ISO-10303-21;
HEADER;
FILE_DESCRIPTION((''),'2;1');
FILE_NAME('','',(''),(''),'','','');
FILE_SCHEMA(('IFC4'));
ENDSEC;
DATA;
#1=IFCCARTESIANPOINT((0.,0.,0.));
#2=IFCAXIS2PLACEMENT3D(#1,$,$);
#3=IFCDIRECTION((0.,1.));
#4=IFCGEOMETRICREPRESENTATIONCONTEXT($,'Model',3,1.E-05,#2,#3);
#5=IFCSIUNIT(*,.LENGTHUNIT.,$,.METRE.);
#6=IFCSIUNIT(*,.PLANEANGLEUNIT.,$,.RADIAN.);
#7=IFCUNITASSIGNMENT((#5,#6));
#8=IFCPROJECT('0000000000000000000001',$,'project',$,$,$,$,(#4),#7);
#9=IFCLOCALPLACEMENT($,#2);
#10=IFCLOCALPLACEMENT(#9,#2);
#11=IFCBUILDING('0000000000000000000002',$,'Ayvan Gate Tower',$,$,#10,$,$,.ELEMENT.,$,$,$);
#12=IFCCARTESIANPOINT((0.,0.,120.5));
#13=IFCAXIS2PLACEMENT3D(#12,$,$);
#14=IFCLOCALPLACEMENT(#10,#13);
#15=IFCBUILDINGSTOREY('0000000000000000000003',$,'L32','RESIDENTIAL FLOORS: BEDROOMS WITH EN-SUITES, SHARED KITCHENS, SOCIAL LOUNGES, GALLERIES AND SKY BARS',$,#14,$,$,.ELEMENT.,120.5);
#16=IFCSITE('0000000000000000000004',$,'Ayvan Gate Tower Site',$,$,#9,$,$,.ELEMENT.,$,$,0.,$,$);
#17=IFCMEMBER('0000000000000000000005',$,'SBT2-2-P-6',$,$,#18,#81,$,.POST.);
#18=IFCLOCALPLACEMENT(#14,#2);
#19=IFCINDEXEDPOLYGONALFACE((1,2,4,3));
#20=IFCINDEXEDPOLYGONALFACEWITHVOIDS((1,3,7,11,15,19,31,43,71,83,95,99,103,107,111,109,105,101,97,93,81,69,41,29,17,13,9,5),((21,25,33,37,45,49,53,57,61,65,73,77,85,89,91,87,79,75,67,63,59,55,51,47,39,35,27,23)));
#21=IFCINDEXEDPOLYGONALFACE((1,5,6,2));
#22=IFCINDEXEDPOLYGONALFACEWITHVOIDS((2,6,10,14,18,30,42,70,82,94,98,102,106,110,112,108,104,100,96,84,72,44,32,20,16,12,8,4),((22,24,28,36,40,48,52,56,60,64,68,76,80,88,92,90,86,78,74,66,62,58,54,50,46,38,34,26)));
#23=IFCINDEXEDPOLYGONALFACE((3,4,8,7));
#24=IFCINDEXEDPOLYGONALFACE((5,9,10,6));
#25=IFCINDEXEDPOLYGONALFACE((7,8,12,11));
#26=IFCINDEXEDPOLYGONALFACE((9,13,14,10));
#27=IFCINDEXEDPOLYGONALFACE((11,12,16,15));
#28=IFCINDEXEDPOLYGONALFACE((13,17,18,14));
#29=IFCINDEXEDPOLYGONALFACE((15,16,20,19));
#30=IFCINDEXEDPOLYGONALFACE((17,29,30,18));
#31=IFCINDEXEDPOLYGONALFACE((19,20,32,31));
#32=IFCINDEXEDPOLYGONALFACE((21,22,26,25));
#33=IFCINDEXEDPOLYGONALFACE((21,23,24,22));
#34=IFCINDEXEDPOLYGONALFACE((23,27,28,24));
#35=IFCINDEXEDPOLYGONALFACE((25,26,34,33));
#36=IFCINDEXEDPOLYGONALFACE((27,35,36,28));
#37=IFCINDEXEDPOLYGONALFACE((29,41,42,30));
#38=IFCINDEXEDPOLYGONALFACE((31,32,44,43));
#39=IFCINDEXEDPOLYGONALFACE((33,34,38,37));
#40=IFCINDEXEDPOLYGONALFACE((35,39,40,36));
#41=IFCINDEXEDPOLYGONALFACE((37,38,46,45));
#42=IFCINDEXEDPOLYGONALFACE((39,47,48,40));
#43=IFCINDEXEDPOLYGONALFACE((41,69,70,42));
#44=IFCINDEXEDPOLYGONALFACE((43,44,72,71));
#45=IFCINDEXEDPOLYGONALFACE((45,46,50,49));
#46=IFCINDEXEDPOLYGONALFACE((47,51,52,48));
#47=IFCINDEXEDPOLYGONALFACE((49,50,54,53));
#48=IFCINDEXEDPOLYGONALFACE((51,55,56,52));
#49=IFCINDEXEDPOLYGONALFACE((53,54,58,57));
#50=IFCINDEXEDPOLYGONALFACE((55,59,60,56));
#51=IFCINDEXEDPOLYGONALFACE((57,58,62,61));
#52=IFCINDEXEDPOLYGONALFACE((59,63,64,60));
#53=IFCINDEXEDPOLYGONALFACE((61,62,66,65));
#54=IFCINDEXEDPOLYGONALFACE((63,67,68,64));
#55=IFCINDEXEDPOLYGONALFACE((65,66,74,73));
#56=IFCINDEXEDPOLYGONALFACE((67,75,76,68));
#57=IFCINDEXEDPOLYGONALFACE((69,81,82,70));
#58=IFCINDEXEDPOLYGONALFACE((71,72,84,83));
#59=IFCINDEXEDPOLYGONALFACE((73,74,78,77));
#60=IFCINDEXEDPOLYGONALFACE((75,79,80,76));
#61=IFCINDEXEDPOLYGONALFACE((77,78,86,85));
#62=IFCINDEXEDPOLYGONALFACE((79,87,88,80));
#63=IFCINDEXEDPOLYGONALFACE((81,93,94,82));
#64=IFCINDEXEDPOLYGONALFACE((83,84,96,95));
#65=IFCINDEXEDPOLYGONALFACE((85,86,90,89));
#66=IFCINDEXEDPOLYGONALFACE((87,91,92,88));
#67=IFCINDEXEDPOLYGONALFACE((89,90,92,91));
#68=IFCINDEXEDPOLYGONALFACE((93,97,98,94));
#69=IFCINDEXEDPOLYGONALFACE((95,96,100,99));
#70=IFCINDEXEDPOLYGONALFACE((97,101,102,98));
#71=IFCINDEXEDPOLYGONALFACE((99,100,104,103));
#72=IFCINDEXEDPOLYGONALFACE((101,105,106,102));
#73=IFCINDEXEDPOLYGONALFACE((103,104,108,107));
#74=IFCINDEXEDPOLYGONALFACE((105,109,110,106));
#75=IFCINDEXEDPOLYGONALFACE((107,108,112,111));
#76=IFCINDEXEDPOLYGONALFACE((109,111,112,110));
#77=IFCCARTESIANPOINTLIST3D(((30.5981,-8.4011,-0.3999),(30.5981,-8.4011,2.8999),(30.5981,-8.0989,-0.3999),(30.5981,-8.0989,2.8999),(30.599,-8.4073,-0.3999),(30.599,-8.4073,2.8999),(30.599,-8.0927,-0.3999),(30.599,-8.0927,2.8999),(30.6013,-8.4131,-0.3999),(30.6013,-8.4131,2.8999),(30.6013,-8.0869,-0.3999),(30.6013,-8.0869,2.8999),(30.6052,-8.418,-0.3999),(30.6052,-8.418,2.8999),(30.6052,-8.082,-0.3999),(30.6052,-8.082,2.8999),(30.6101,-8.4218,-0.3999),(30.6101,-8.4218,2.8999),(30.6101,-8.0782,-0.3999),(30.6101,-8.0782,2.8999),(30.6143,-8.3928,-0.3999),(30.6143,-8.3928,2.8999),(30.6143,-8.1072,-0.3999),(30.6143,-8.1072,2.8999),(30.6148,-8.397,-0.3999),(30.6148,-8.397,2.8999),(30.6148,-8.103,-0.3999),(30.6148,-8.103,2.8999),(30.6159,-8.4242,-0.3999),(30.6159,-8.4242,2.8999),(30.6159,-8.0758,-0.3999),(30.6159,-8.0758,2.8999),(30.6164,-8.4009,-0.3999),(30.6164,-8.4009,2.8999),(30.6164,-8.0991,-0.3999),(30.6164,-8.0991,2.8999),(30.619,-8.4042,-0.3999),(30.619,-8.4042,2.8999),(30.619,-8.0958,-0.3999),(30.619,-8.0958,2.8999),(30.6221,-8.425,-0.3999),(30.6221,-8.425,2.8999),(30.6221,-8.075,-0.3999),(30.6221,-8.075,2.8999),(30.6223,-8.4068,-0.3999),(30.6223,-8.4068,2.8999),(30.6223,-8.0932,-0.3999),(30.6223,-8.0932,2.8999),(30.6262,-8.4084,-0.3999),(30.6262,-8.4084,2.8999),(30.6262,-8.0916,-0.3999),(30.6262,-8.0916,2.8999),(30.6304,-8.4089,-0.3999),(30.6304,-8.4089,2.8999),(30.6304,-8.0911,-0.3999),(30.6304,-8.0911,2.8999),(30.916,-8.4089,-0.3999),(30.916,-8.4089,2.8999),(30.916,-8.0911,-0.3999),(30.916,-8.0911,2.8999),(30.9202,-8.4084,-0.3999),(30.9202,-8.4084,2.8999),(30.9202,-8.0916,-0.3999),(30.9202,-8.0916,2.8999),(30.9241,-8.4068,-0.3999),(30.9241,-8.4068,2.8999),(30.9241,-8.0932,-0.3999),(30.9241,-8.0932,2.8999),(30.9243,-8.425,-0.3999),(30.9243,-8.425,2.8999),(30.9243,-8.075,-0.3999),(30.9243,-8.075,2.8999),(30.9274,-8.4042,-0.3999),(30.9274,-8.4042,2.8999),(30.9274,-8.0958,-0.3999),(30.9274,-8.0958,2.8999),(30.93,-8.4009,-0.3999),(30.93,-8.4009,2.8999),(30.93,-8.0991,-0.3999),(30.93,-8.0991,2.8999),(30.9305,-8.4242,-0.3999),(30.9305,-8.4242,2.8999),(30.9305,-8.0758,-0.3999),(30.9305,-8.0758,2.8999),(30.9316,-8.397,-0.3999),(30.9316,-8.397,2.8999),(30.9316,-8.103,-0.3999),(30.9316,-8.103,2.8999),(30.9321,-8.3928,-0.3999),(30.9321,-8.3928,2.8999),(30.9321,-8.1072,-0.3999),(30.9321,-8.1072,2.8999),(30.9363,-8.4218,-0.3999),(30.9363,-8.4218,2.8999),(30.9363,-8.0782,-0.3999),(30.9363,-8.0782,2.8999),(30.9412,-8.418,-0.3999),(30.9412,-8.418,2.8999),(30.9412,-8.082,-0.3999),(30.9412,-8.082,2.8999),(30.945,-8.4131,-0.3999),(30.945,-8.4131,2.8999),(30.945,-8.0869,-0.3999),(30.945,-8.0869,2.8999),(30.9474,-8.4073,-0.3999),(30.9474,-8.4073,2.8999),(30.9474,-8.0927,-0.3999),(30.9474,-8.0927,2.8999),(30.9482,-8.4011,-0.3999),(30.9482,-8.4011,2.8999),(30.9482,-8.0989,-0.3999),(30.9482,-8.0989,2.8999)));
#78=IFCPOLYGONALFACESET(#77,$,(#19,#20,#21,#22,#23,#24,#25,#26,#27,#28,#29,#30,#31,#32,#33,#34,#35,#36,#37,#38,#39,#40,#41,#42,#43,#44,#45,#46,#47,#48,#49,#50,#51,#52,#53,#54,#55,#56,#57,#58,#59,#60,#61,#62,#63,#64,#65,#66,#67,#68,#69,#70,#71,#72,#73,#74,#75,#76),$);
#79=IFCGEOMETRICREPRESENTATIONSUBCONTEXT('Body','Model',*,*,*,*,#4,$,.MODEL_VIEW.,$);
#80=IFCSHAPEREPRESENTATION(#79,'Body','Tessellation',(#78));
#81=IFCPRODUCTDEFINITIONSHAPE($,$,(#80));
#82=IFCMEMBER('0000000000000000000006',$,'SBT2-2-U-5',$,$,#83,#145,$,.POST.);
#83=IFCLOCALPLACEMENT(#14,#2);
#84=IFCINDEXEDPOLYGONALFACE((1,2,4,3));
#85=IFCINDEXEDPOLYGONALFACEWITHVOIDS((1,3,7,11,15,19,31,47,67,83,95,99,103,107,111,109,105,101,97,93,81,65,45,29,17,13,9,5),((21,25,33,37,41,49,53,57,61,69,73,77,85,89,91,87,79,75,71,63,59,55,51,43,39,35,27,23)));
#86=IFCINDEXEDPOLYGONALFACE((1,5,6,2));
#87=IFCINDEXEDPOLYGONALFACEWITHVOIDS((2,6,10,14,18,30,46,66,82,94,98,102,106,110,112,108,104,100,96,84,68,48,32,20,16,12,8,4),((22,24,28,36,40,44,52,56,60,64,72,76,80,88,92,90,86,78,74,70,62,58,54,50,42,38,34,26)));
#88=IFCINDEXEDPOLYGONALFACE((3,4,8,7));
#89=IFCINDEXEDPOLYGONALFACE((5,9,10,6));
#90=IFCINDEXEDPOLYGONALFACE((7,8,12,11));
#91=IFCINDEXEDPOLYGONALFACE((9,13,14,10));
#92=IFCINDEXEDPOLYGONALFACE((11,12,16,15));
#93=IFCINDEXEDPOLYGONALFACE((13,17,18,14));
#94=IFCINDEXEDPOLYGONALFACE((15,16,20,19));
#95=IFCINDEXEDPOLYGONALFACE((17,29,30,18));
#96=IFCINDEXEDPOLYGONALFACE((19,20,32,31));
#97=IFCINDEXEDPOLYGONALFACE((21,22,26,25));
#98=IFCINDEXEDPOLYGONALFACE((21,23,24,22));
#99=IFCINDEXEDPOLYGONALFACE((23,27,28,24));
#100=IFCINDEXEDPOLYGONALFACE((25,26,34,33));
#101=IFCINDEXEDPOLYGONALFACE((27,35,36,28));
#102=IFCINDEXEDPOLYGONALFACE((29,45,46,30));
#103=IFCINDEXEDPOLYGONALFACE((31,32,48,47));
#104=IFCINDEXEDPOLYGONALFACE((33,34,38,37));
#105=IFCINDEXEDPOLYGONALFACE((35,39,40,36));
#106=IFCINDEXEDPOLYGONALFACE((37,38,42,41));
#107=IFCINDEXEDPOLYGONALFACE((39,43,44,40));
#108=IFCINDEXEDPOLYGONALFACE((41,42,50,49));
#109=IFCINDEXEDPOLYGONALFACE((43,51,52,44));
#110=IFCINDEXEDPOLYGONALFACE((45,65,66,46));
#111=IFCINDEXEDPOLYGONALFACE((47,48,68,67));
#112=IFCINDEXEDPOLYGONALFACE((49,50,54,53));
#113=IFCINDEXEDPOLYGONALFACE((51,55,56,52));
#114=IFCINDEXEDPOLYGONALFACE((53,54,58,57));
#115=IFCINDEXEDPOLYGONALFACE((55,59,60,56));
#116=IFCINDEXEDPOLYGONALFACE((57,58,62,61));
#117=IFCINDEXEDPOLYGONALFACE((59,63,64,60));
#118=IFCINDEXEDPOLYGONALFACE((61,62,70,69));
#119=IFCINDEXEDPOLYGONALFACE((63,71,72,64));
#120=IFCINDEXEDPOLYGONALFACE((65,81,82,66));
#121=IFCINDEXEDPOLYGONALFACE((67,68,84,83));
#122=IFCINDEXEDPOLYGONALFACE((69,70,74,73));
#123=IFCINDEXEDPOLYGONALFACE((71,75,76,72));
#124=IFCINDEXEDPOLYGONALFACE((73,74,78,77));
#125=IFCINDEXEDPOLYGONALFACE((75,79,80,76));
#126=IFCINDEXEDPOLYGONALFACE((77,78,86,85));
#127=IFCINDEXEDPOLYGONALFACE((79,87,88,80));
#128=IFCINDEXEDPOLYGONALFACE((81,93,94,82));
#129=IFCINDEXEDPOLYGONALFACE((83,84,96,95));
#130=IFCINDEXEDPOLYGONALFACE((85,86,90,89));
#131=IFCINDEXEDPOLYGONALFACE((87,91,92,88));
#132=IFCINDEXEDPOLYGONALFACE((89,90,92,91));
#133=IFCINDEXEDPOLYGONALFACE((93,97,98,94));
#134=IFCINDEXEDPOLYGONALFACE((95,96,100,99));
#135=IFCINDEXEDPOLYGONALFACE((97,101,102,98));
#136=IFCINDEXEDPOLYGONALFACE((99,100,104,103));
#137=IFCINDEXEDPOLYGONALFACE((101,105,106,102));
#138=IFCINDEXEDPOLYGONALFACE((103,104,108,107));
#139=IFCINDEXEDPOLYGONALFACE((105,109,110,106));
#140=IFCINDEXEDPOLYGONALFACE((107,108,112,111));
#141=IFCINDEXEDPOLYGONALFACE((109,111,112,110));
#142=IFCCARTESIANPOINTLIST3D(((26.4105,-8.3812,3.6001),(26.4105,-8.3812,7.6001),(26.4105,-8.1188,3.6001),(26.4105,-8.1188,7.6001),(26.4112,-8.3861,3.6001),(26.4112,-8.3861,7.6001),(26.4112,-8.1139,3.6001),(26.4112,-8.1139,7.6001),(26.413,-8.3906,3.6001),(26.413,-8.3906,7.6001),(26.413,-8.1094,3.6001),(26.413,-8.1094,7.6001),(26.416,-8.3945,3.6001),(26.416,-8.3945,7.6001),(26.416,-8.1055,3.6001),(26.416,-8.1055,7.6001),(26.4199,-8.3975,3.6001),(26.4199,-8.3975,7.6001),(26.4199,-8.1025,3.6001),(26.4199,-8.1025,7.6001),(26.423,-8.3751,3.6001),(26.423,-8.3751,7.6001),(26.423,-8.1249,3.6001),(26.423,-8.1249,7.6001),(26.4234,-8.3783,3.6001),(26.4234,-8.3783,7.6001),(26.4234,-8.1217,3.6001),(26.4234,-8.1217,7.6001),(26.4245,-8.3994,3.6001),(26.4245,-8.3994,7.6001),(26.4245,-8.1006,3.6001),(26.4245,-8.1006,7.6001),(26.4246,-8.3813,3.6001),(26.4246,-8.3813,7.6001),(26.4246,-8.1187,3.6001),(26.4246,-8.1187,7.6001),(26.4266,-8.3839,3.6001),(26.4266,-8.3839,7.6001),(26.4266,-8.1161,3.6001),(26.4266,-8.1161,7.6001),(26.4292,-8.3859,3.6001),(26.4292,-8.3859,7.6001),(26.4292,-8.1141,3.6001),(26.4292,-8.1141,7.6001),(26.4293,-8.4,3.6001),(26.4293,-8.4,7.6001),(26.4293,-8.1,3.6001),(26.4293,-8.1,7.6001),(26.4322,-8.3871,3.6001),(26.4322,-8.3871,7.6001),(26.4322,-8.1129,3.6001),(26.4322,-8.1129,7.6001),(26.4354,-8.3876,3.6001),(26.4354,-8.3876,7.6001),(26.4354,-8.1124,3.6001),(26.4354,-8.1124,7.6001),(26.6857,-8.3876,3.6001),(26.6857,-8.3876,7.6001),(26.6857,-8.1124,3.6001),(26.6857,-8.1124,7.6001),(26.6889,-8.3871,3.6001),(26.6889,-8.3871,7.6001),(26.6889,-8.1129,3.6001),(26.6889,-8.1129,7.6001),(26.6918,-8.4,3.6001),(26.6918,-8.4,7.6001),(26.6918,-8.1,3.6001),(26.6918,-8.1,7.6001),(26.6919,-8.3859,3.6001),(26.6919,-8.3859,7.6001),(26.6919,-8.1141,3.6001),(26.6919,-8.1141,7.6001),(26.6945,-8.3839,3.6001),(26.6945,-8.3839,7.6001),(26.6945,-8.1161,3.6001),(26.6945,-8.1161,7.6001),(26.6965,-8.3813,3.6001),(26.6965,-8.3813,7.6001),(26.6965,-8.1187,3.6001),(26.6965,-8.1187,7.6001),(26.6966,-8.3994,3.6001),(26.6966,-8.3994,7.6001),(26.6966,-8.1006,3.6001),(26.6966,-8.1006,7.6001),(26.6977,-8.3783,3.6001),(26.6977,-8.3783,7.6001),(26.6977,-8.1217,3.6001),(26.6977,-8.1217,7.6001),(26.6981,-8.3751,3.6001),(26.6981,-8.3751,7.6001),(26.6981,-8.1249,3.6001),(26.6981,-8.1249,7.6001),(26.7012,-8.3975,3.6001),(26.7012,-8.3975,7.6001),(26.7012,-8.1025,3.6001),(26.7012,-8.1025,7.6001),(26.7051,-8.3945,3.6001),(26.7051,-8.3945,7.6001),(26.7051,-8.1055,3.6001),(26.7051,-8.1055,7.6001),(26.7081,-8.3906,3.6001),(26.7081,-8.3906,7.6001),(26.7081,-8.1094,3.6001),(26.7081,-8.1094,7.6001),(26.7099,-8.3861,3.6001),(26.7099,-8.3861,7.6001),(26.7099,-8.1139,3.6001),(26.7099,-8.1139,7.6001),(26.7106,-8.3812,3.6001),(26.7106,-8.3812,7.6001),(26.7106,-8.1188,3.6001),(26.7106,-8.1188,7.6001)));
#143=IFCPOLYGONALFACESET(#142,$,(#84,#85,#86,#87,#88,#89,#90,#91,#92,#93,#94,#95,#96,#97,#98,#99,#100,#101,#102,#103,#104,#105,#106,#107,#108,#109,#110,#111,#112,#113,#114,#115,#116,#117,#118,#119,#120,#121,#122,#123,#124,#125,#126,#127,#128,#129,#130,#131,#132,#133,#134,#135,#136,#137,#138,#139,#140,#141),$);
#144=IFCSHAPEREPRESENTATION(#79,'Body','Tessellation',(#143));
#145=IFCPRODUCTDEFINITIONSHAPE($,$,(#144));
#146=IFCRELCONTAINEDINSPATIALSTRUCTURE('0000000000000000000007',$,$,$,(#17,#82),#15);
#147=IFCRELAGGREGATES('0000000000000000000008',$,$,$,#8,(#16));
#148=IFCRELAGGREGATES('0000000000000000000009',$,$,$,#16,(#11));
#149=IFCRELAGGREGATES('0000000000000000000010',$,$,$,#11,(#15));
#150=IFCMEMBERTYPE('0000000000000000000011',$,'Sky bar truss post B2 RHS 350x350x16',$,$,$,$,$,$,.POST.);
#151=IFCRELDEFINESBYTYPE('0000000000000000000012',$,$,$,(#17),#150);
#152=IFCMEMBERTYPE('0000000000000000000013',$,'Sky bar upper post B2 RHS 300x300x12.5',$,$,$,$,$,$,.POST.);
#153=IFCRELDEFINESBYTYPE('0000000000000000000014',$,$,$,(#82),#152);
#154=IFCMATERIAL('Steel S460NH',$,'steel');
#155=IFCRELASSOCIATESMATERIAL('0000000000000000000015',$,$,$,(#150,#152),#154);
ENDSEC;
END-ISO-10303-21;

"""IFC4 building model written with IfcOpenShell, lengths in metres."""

from ifc_helpers import new_model, si_unit, direction, frame, origin, origin_2d, place, context, subcontext, project, spatial, hollow_rectangle, extrude, material, material_profile, profile_set, type_object, element, save


model = new_model("IFC4")

# Units and contexts
model_context = context("Model", 3, precision=1e-05, world=origin(), true_north=direction((0.0, 1.0)))
body_context = subcontext(model_context, "Body", "Model", "MODEL_VIEW")
ifc_project = project(units=[si_unit("LENGTHUNIT", "METRE"), si_unit("PLANEANGLEUNIT", "RADIAN")], contexts=[model_context])

# Site, building, storey
site_placement = place(None, origin())
site = spatial("IfcSite", under=ifc_project, at=site_placement, Name="Ayvan Gate Tower Site", CompositionType="ELEMENT", RefElevation=0.0)
building_placement = place(site_placement, origin())
building = spatial("IfcBuilding", under=site, at=building_placement, Name="Ayvan Gate Tower", CompositionType="ELEMENT")
storey_placement = place(building_placement, frame((0.0, 0.0, 120.5)))
storey = spatial("IfcBuildingStorey", under=building, at=storey_placement, Name="L32", Description="RESIDENTIAL FLOORS: BEDROOMS WITH EN-SUITES, SHARED KITCHENS, SOCIAL LOUNGES, GALLERIES AND SKY BARS", CompositionType="ELEMENT", Elevation=120.5)

# Members
ifc_material_1 = material(Name="Steel S460NH", Category="steel")
ifc_material_profile_1 = material_profile(ifc_material_1, hollow_rectangle(XDim=0.3501, YDim=0.3501, WallThickness=0.0161, InnerFilletRadius=0.0161, OuterFilletRadius=0.0239, at=origin_2d()), Name="RHS 350x350x16")
ifc_profile_set_1 = profile_set([ifc_material_profile_1], Name="Steel S460NH")
member_type_1 = type_object("IfcMemberType", Name="Sky bar truss post B2 RHS 350x350x16", PredefinedType="POST", material=ifc_profile_set_1)
member_1_placement = place(storey_placement, frame((30.7732, -8.25, -0.3999), z_axis=(0.0, 0.0, 1.0), x_axis=(1.0, 0.0, 0.0)))
element("IfcMember", 1, at=member_1_placement, inside=storey, type_object=member_type_1, Name="SBT2-2-P-6", PredefinedType="POST", context=body_context, shape_type="SweptSolid", body=[
    extrude(hollow_rectangle(XDim=0.3501, YDim=0.3501, WallThickness=0.0161, InnerFilletRadius=0.0161, OuterFilletRadius=0.0239, at=origin_2d()), origin(), (0.0, 0.0, 1.0), 3.2998),
])
ifc_material_profile_2 = material_profile(ifc_material_1, hollow_rectangle(XDim=0.3, YDim=0.3, WallThickness=0.0125, InnerFilletRadius=0.0125, OuterFilletRadius=0.0188, at=origin_2d()), Name="RHS 300x300x12.5")
ifc_profile_set_2 = profile_set([ifc_material_profile_2], Name="Steel S460NH")
member_type_2 = type_object("IfcMemberType", Name="Sky bar upper post B2 RHS 300x300x12.5", PredefinedType="POST", material=ifc_profile_set_2)
for number, where, z_axis, x_axis, name in (
    (2, (26.5605, -8.25, 3.6001), (0.0, 0.0, 1.0), (1.0, 0.0, 0.0), "SBT2-2-U-5"),
):
    element("IfcMember", number, at=place(storey_placement, frame(where, z_axis=z_axis, x_axis=x_axis)), inside=storey, type_object=member_type_2, Name=name, PredefinedType="POST", context=body_context, shape_type="SweptSolid", body=[
        extrude(hollow_rectangle(XDim=0.3, YDim=0.3, WallThickness=0.0125, InnerFilletRadius=0.0125, OuterFilletRadius=0.0188, at=origin_2d()), origin(), (0.0, 0.0, 1.0), 4.0),
    ])

save(model, "model.ifc")
